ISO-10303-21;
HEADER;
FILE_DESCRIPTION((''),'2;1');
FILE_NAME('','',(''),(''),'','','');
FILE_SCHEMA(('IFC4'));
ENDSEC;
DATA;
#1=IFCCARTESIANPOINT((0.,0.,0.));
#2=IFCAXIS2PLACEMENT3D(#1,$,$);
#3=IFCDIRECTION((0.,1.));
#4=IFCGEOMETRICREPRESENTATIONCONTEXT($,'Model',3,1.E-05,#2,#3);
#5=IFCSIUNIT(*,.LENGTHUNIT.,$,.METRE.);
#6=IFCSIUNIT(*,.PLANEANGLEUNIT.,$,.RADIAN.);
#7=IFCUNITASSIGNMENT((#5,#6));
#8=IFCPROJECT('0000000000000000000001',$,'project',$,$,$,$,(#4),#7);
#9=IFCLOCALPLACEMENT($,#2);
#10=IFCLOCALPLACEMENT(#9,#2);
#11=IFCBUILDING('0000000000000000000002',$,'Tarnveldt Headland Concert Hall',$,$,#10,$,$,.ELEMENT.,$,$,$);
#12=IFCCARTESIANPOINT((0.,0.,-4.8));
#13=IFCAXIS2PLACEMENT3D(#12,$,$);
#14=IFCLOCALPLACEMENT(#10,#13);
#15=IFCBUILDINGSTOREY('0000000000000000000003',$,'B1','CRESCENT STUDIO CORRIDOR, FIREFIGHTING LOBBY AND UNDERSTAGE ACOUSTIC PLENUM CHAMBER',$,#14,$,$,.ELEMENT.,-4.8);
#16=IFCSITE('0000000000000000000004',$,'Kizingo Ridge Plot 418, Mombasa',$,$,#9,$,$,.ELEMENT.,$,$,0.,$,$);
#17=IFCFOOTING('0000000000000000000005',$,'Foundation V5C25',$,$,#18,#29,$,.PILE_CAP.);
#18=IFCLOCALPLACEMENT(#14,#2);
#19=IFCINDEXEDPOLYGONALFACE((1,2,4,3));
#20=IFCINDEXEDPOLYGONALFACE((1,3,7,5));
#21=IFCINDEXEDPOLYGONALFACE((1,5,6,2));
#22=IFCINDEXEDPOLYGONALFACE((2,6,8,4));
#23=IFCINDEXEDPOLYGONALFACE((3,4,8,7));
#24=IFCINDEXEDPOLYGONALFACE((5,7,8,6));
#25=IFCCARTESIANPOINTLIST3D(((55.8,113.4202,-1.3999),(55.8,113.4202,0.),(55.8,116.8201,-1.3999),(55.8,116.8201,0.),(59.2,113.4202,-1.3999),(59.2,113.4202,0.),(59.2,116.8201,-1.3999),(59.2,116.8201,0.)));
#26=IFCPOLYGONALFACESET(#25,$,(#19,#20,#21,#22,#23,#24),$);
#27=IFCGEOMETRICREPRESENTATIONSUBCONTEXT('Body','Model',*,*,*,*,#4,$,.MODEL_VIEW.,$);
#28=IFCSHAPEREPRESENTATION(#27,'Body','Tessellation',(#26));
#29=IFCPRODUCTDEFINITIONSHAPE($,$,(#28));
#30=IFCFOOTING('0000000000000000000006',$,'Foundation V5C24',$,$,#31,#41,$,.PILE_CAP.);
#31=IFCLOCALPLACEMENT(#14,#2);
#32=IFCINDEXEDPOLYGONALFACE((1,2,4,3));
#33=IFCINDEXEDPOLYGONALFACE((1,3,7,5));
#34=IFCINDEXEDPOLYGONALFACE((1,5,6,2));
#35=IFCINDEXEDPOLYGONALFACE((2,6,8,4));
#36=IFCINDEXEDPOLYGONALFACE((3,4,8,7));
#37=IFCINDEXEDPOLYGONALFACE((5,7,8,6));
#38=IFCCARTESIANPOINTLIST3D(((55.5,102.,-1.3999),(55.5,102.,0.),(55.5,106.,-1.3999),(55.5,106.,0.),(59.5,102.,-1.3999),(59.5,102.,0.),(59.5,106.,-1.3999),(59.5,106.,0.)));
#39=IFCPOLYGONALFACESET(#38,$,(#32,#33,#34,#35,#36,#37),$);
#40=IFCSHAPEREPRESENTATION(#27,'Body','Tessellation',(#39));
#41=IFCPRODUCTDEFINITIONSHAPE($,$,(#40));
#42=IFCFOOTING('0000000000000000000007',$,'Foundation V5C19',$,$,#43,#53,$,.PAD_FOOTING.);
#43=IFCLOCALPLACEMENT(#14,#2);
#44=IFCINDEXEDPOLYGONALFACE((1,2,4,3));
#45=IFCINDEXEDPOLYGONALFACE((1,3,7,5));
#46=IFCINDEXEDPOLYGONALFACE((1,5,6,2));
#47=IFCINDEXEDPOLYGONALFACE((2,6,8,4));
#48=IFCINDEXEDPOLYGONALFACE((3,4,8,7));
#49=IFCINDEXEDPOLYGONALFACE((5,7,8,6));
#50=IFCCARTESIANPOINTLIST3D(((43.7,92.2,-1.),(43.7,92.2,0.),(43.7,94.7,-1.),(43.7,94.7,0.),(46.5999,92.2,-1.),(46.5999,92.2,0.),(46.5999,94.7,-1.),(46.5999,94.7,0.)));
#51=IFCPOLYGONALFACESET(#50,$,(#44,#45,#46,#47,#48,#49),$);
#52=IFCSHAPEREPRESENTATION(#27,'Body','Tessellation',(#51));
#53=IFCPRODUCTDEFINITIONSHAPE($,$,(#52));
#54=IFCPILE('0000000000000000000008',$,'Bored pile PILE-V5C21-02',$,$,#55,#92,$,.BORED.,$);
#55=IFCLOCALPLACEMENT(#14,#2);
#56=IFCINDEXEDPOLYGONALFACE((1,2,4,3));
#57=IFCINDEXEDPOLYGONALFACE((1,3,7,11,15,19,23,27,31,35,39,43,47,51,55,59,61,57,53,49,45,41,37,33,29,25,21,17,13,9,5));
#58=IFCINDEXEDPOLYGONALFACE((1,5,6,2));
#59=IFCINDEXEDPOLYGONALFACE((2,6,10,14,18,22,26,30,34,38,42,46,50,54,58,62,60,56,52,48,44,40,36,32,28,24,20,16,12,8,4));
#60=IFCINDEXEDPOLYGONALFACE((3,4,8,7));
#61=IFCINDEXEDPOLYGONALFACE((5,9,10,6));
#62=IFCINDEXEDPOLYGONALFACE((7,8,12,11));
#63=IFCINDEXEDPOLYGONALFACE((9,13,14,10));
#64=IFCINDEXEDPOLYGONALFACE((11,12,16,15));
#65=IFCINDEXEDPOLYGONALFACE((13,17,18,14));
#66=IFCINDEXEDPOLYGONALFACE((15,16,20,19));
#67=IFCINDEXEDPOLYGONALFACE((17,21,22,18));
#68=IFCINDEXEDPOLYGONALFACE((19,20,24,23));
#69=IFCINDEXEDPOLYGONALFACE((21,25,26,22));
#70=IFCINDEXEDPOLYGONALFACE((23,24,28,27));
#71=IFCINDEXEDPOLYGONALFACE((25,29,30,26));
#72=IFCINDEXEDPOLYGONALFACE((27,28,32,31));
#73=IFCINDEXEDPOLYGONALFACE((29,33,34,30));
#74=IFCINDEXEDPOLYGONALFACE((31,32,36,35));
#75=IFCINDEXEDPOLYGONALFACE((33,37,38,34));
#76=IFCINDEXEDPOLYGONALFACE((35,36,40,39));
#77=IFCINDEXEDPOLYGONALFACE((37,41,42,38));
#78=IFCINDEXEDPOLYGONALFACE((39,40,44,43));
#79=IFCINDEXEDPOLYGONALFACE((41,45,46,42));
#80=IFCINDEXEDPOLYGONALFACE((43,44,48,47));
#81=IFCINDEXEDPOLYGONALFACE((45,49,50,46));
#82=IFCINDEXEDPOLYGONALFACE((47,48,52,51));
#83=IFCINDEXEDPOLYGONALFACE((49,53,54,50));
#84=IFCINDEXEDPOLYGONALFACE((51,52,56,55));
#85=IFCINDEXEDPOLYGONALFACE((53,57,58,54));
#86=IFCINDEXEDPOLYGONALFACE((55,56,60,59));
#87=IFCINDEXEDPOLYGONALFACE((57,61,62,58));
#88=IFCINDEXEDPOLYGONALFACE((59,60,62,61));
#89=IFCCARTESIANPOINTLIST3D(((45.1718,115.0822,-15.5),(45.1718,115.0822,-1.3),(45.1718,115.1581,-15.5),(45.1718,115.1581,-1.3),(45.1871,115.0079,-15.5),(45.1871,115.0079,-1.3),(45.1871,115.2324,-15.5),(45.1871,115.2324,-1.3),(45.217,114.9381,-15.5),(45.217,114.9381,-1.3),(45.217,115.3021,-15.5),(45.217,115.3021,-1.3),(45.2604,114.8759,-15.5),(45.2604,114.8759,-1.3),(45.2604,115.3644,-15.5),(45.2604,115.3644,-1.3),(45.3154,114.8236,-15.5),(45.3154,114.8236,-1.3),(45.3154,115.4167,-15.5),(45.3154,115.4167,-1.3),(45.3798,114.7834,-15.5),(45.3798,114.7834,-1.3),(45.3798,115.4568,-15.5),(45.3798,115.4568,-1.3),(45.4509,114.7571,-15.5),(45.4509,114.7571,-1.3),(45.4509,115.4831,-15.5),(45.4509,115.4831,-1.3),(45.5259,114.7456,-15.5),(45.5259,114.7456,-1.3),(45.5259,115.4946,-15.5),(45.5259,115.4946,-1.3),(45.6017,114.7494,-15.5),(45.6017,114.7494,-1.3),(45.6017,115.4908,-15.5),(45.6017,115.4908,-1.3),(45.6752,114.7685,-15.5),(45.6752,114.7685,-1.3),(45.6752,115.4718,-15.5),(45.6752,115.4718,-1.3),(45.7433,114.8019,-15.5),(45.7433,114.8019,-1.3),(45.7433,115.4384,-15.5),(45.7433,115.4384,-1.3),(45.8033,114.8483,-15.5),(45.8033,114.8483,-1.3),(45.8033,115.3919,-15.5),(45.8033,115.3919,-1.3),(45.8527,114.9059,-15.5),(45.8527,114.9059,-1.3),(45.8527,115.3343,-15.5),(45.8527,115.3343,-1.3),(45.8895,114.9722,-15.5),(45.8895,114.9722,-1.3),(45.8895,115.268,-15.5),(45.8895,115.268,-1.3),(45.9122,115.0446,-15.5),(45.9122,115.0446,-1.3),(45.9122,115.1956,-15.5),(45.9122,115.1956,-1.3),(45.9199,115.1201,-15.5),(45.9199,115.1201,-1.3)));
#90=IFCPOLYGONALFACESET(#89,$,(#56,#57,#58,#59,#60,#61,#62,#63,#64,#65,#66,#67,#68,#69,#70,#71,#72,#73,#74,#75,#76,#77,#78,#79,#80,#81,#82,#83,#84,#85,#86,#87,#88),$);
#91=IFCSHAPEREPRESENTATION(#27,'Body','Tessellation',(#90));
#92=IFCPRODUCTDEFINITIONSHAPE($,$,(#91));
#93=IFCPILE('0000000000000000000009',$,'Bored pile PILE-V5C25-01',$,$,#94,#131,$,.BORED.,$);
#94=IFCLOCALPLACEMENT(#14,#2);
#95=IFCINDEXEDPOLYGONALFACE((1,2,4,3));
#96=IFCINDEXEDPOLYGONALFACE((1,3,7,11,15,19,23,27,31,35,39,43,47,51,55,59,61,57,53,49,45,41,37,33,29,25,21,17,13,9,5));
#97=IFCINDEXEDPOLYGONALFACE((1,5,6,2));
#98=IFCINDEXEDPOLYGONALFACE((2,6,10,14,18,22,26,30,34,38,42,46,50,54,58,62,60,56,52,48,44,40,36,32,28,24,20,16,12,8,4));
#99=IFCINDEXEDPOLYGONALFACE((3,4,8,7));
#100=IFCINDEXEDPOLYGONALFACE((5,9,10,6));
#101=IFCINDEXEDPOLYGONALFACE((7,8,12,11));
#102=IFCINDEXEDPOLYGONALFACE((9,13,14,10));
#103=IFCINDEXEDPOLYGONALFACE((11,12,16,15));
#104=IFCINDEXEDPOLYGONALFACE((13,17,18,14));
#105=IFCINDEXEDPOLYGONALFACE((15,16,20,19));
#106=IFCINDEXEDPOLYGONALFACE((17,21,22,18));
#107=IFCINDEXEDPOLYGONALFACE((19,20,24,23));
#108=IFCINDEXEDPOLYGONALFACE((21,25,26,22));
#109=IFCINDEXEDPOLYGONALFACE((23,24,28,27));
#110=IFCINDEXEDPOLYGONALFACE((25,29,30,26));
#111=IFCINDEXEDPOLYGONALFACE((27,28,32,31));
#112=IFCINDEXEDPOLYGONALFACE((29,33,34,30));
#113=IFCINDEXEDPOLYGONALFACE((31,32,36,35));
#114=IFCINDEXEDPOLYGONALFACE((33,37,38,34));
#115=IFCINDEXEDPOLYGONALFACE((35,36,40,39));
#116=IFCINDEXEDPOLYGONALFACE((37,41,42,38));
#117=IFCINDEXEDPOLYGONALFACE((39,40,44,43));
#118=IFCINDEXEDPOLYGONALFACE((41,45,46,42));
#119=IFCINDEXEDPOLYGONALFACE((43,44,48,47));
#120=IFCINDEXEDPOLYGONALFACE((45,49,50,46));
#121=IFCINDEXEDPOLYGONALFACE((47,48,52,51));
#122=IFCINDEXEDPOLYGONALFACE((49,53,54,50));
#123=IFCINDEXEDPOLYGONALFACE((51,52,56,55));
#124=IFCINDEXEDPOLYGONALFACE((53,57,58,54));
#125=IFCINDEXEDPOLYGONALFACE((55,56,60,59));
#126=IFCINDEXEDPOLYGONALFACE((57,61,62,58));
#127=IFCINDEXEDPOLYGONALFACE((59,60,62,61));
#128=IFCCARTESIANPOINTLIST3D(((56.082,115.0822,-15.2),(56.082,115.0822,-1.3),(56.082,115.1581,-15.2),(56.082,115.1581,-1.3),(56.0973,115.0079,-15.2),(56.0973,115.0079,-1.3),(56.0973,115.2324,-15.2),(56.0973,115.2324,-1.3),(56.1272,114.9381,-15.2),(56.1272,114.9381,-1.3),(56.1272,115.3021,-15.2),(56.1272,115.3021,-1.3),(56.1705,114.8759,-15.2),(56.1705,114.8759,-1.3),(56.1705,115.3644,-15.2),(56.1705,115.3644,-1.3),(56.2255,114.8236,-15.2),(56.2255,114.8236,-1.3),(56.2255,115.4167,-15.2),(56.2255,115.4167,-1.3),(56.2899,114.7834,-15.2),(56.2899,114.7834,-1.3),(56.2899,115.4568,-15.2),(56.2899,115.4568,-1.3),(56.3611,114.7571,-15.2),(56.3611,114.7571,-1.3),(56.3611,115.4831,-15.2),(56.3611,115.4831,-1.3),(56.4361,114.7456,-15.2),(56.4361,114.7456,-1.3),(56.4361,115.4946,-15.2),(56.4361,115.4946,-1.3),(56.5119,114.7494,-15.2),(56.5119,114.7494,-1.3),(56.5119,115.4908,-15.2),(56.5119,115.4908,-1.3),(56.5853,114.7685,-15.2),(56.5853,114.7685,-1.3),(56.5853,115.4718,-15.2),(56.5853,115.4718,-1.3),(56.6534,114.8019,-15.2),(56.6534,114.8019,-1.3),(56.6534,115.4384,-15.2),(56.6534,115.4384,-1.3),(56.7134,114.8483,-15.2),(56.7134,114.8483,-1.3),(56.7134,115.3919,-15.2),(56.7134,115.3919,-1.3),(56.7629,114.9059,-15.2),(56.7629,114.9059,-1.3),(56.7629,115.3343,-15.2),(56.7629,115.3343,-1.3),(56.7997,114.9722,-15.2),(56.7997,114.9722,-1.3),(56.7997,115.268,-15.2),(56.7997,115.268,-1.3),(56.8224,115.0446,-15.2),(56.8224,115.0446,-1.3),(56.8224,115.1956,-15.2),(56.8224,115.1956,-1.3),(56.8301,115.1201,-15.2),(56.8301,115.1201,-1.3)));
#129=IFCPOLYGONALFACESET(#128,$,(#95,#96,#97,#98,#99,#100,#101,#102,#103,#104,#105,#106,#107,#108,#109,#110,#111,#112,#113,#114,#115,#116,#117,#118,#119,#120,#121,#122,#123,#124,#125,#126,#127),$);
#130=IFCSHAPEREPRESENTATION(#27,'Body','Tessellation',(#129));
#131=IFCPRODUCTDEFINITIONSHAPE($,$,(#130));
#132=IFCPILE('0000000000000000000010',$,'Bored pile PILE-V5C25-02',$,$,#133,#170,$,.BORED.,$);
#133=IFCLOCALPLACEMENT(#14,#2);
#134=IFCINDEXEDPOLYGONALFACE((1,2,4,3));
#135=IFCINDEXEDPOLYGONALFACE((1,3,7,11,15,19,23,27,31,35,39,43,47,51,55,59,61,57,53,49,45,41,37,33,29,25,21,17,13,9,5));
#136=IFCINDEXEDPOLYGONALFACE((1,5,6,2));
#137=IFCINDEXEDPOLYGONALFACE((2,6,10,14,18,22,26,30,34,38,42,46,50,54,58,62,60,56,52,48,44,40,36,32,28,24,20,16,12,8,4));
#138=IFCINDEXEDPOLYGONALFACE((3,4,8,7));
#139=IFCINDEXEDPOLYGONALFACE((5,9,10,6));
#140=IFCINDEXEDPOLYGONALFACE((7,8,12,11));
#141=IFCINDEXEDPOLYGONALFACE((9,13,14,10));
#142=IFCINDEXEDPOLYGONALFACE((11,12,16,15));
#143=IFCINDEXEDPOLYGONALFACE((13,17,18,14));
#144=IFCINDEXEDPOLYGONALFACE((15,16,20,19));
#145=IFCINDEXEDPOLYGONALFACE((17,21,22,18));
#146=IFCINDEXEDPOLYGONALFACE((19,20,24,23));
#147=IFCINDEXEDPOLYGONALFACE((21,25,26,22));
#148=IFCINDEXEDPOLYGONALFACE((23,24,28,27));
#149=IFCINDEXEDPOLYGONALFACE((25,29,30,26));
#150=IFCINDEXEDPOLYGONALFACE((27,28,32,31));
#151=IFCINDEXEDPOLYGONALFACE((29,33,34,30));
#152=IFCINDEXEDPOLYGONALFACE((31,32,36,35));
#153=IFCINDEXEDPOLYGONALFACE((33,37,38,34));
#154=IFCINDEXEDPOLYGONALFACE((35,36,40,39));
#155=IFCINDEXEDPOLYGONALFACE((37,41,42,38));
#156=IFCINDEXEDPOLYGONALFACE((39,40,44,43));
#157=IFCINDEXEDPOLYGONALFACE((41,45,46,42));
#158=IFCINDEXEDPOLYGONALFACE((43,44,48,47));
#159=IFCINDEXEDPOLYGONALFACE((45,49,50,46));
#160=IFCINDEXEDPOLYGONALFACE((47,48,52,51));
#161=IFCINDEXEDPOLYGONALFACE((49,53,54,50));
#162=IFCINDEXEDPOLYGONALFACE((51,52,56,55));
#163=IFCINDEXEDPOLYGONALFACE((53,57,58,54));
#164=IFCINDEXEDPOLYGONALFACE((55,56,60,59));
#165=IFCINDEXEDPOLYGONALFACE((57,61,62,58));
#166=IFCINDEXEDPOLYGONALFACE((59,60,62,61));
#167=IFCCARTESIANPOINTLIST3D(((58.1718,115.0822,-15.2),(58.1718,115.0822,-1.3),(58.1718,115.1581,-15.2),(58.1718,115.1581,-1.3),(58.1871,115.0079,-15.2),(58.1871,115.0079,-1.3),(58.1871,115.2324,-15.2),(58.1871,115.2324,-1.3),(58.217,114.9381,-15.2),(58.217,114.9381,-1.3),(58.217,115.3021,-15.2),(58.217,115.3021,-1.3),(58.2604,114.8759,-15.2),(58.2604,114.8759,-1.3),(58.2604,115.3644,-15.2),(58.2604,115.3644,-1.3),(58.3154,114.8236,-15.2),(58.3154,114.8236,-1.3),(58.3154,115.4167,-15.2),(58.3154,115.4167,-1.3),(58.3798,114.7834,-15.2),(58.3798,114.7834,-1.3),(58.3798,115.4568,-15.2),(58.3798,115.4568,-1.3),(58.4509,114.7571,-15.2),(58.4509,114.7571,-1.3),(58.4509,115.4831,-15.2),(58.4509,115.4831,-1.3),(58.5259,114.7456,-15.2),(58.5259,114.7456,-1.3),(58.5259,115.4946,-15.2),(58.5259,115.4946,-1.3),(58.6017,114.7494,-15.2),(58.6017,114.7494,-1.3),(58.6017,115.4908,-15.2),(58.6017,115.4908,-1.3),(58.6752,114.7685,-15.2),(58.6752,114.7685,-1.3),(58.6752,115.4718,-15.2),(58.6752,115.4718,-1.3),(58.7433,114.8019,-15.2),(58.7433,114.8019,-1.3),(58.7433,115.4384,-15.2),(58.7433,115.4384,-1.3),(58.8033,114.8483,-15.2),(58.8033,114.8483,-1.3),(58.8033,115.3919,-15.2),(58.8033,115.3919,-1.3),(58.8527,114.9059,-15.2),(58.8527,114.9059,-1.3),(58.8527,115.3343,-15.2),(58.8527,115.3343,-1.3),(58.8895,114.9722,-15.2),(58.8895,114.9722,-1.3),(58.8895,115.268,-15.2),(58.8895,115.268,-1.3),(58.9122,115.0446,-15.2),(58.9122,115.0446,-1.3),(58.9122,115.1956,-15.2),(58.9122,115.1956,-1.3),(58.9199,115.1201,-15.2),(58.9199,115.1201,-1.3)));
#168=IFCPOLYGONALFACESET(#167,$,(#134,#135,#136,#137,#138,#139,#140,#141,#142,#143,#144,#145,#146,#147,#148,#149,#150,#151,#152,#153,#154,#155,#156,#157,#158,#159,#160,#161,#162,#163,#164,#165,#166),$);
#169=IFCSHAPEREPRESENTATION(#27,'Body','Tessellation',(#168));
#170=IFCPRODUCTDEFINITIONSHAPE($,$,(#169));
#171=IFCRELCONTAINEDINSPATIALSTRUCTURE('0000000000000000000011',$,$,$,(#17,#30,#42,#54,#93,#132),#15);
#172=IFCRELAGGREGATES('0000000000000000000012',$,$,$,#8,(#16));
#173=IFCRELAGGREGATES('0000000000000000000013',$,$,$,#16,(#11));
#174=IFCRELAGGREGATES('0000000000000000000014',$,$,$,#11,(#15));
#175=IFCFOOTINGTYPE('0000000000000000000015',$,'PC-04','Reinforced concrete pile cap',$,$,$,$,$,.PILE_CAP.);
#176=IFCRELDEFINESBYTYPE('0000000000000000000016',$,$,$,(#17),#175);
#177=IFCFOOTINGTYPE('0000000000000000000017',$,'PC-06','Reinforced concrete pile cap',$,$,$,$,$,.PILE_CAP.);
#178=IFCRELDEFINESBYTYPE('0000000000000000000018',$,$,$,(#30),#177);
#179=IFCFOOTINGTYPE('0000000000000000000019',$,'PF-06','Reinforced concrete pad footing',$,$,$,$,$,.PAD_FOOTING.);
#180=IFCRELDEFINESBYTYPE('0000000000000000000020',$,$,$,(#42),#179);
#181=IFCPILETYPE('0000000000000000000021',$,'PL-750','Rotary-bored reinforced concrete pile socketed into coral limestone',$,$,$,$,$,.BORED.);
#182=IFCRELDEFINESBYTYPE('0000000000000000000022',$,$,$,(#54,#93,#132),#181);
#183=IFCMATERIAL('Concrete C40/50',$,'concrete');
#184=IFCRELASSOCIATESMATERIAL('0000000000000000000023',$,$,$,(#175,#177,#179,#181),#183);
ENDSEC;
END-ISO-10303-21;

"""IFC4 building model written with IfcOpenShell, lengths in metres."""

from ifc_helpers import new_model, si_unit, direction, frame, origin, origin_2d, place, context, subcontext, project, spatial, rectangle, circle, extrude, material, material_profile, profile_set, type_object, element, save


model = new_model("IFC4")

# Units and contexts
model_context = context("Model", 3, precision=1e-05, world=origin(), true_north=direction((0.0, 1.0)))
body_context = subcontext(model_context, "Body", "Model", "MODEL_VIEW")
ifc_project = project(units=[si_unit("LENGTHUNIT", "METRE"), si_unit("PLANEANGLEUNIT", "RADIAN")], contexts=[model_context])

# Site, building, storey
site_placement = place(None, origin())
site = spatial("IfcSite", under=ifc_project, at=site_placement, Name="Kizingo Ridge Plot 418, Mombasa", CompositionType="ELEMENT", RefElevation=0.0)
building_placement = place(site_placement, origin())
building = spatial("IfcBuilding", under=site, at=building_placement, Name="Tarnveldt Headland Concert Hall", CompositionType="ELEMENT")
storey_placement = place(building_placement, frame((0.0, 0.0, -4.8)))
storey = spatial("IfcBuildingStorey", under=building, at=storey_placement, Name="B1", Description="CRESCENT STUDIO CORRIDOR, FIREFIGHTING LOBBY AND UNDERSTAGE ACOUSTIC PLENUM CHAMBER", CompositionType="ELEMENT", Elevation=-4.8)

# Footings
ifc_material_1 = material(Name="Concrete C40/50", Category="concrete")
footing_type_1 = type_object("IfcFootingType", Name="PC-04", Description="Reinforced concrete pile cap", PredefinedType="PILE_CAP", material=ifc_material_1)
footing_1_placement = place(storey_placement, frame((57.5, 115.1201, -1.3999), z_axis=(0.0, 0.0, 1.0), x_axis=(1.0, 0.0, 0.0)))
element("IfcFooting", 1, at=footing_1_placement, inside=storey, type_object=footing_type_1, Name="Foundation V5C25", PredefinedType="PILE_CAP", context=body_context, shape_type="SweptSolid", body=[
    extrude(rectangle(XDim=3.3999, YDim=3.3999, at=origin_2d()), origin(), (0.0, 0.0, 1.0), 1.3999),
])
footing_type_2 = type_object("IfcFootingType", Name="PC-06", Description="Reinforced concrete pile cap", PredefinedType="PILE_CAP", material=ifc_material_1)
footing_2_placement = place(storey_placement, frame((57.5, 104.0, -1.3999), z_axis=(0.0, 0.0, 1.0), x_axis=(1.0, 0.0, 0.0)))
element("IfcFooting", 2, at=footing_2_placement, inside=storey, type_object=footing_type_2, Name="Foundation V5C24", PredefinedType="PILE_CAP", context=body_context, shape_type="SweptSolid", body=[
    extrude(rectangle(XDim=4.0, YDim=4.0, at=origin_2d()), origin(), (0.0, 0.0, 1.0), 1.3999),
])
footing_type_3 = type_object("IfcFootingType", Name="PF-06", Description="Reinforced concrete pad footing", PredefinedType="PAD_FOOTING", material=ifc_material_1)
footing_3_placement = place(storey_placement, frame((45.1499, 93.45, -1.0), z_axis=(0.0, 0.0, 1.0), x_axis=(1.0, 0.0, 0.0)))
element("IfcFooting", 3, at=footing_3_placement, inside=storey, type_object=footing_type_3, Name="Foundation V5C19", PredefinedType="PAD_FOOTING", context=body_context, shape_type="SweptSolid", body=[
    extrude(rectangle(XDim=2.8999, YDim=2.5, at=origin_2d()), origin(), (0.0, 0.0, 1.0), 1.0),
])

# Piles
ifc_material_profile_1 = material_profile(ifc_material_1, circle(Radius=0.375, at=origin_2d()), Name="BORED PILE D750", Category="concrete")
ifc_profile_set_1 = profile_set([ifc_material_profile_1], Name="Concrete C40/50")
pile_type_1 = type_object("IfcPileType", Name="PL-750", Description="Rotary-bored reinforced concrete pile socketed into coral limestone", PredefinedType="BORED", material=ifc_profile_set_1)
pile_1_placement = place(storey_placement, frame((45.5449, 115.1201, -1.3), z_axis=(0.0, 0.0, -1.0), x_axis=(1.0, 0.0, 0.0)))
element("IfcPile", 4, at=pile_1_placement, inside=storey, type_object=pile_type_1, Name="Bored pile PILE-V5C21-02", PredefinedType="BORED", context=body_context, shape_type="SweptSolid", body=[
    extrude(circle(Radius=0.375, at=origin_2d()), origin(), (0.0, 0.0, 1.0), 14.2),
])
for number, where, z_axis, x_axis, name in (
    (5, (56.4551, 115.1201, -1.3), (0.0, 0.0, -1.0), (1.0, 0.0, 0.0), "Bored pile PILE-V5C25-01"),
    (6, (58.5449, 115.1201, -1.3), (0.0, 0.0, -1.0), (1.0, 0.0, 0.0), "Bored pile PILE-V5C25-02"),
):
    element("IfcPile", number, at=place(storey_placement, frame(where, z_axis=z_axis, x_axis=x_axis)), inside=storey, type_object=pile_type_1, Name=name, PredefinedType="BORED", context=body_context, shape_type="SweptSolid", body=[
        extrude(circle(Radius=0.375, at=origin_2d()), origin(), (0.0, 0.0, 1.0), 13.8999),
    ])

save(model, "model.ifc")
